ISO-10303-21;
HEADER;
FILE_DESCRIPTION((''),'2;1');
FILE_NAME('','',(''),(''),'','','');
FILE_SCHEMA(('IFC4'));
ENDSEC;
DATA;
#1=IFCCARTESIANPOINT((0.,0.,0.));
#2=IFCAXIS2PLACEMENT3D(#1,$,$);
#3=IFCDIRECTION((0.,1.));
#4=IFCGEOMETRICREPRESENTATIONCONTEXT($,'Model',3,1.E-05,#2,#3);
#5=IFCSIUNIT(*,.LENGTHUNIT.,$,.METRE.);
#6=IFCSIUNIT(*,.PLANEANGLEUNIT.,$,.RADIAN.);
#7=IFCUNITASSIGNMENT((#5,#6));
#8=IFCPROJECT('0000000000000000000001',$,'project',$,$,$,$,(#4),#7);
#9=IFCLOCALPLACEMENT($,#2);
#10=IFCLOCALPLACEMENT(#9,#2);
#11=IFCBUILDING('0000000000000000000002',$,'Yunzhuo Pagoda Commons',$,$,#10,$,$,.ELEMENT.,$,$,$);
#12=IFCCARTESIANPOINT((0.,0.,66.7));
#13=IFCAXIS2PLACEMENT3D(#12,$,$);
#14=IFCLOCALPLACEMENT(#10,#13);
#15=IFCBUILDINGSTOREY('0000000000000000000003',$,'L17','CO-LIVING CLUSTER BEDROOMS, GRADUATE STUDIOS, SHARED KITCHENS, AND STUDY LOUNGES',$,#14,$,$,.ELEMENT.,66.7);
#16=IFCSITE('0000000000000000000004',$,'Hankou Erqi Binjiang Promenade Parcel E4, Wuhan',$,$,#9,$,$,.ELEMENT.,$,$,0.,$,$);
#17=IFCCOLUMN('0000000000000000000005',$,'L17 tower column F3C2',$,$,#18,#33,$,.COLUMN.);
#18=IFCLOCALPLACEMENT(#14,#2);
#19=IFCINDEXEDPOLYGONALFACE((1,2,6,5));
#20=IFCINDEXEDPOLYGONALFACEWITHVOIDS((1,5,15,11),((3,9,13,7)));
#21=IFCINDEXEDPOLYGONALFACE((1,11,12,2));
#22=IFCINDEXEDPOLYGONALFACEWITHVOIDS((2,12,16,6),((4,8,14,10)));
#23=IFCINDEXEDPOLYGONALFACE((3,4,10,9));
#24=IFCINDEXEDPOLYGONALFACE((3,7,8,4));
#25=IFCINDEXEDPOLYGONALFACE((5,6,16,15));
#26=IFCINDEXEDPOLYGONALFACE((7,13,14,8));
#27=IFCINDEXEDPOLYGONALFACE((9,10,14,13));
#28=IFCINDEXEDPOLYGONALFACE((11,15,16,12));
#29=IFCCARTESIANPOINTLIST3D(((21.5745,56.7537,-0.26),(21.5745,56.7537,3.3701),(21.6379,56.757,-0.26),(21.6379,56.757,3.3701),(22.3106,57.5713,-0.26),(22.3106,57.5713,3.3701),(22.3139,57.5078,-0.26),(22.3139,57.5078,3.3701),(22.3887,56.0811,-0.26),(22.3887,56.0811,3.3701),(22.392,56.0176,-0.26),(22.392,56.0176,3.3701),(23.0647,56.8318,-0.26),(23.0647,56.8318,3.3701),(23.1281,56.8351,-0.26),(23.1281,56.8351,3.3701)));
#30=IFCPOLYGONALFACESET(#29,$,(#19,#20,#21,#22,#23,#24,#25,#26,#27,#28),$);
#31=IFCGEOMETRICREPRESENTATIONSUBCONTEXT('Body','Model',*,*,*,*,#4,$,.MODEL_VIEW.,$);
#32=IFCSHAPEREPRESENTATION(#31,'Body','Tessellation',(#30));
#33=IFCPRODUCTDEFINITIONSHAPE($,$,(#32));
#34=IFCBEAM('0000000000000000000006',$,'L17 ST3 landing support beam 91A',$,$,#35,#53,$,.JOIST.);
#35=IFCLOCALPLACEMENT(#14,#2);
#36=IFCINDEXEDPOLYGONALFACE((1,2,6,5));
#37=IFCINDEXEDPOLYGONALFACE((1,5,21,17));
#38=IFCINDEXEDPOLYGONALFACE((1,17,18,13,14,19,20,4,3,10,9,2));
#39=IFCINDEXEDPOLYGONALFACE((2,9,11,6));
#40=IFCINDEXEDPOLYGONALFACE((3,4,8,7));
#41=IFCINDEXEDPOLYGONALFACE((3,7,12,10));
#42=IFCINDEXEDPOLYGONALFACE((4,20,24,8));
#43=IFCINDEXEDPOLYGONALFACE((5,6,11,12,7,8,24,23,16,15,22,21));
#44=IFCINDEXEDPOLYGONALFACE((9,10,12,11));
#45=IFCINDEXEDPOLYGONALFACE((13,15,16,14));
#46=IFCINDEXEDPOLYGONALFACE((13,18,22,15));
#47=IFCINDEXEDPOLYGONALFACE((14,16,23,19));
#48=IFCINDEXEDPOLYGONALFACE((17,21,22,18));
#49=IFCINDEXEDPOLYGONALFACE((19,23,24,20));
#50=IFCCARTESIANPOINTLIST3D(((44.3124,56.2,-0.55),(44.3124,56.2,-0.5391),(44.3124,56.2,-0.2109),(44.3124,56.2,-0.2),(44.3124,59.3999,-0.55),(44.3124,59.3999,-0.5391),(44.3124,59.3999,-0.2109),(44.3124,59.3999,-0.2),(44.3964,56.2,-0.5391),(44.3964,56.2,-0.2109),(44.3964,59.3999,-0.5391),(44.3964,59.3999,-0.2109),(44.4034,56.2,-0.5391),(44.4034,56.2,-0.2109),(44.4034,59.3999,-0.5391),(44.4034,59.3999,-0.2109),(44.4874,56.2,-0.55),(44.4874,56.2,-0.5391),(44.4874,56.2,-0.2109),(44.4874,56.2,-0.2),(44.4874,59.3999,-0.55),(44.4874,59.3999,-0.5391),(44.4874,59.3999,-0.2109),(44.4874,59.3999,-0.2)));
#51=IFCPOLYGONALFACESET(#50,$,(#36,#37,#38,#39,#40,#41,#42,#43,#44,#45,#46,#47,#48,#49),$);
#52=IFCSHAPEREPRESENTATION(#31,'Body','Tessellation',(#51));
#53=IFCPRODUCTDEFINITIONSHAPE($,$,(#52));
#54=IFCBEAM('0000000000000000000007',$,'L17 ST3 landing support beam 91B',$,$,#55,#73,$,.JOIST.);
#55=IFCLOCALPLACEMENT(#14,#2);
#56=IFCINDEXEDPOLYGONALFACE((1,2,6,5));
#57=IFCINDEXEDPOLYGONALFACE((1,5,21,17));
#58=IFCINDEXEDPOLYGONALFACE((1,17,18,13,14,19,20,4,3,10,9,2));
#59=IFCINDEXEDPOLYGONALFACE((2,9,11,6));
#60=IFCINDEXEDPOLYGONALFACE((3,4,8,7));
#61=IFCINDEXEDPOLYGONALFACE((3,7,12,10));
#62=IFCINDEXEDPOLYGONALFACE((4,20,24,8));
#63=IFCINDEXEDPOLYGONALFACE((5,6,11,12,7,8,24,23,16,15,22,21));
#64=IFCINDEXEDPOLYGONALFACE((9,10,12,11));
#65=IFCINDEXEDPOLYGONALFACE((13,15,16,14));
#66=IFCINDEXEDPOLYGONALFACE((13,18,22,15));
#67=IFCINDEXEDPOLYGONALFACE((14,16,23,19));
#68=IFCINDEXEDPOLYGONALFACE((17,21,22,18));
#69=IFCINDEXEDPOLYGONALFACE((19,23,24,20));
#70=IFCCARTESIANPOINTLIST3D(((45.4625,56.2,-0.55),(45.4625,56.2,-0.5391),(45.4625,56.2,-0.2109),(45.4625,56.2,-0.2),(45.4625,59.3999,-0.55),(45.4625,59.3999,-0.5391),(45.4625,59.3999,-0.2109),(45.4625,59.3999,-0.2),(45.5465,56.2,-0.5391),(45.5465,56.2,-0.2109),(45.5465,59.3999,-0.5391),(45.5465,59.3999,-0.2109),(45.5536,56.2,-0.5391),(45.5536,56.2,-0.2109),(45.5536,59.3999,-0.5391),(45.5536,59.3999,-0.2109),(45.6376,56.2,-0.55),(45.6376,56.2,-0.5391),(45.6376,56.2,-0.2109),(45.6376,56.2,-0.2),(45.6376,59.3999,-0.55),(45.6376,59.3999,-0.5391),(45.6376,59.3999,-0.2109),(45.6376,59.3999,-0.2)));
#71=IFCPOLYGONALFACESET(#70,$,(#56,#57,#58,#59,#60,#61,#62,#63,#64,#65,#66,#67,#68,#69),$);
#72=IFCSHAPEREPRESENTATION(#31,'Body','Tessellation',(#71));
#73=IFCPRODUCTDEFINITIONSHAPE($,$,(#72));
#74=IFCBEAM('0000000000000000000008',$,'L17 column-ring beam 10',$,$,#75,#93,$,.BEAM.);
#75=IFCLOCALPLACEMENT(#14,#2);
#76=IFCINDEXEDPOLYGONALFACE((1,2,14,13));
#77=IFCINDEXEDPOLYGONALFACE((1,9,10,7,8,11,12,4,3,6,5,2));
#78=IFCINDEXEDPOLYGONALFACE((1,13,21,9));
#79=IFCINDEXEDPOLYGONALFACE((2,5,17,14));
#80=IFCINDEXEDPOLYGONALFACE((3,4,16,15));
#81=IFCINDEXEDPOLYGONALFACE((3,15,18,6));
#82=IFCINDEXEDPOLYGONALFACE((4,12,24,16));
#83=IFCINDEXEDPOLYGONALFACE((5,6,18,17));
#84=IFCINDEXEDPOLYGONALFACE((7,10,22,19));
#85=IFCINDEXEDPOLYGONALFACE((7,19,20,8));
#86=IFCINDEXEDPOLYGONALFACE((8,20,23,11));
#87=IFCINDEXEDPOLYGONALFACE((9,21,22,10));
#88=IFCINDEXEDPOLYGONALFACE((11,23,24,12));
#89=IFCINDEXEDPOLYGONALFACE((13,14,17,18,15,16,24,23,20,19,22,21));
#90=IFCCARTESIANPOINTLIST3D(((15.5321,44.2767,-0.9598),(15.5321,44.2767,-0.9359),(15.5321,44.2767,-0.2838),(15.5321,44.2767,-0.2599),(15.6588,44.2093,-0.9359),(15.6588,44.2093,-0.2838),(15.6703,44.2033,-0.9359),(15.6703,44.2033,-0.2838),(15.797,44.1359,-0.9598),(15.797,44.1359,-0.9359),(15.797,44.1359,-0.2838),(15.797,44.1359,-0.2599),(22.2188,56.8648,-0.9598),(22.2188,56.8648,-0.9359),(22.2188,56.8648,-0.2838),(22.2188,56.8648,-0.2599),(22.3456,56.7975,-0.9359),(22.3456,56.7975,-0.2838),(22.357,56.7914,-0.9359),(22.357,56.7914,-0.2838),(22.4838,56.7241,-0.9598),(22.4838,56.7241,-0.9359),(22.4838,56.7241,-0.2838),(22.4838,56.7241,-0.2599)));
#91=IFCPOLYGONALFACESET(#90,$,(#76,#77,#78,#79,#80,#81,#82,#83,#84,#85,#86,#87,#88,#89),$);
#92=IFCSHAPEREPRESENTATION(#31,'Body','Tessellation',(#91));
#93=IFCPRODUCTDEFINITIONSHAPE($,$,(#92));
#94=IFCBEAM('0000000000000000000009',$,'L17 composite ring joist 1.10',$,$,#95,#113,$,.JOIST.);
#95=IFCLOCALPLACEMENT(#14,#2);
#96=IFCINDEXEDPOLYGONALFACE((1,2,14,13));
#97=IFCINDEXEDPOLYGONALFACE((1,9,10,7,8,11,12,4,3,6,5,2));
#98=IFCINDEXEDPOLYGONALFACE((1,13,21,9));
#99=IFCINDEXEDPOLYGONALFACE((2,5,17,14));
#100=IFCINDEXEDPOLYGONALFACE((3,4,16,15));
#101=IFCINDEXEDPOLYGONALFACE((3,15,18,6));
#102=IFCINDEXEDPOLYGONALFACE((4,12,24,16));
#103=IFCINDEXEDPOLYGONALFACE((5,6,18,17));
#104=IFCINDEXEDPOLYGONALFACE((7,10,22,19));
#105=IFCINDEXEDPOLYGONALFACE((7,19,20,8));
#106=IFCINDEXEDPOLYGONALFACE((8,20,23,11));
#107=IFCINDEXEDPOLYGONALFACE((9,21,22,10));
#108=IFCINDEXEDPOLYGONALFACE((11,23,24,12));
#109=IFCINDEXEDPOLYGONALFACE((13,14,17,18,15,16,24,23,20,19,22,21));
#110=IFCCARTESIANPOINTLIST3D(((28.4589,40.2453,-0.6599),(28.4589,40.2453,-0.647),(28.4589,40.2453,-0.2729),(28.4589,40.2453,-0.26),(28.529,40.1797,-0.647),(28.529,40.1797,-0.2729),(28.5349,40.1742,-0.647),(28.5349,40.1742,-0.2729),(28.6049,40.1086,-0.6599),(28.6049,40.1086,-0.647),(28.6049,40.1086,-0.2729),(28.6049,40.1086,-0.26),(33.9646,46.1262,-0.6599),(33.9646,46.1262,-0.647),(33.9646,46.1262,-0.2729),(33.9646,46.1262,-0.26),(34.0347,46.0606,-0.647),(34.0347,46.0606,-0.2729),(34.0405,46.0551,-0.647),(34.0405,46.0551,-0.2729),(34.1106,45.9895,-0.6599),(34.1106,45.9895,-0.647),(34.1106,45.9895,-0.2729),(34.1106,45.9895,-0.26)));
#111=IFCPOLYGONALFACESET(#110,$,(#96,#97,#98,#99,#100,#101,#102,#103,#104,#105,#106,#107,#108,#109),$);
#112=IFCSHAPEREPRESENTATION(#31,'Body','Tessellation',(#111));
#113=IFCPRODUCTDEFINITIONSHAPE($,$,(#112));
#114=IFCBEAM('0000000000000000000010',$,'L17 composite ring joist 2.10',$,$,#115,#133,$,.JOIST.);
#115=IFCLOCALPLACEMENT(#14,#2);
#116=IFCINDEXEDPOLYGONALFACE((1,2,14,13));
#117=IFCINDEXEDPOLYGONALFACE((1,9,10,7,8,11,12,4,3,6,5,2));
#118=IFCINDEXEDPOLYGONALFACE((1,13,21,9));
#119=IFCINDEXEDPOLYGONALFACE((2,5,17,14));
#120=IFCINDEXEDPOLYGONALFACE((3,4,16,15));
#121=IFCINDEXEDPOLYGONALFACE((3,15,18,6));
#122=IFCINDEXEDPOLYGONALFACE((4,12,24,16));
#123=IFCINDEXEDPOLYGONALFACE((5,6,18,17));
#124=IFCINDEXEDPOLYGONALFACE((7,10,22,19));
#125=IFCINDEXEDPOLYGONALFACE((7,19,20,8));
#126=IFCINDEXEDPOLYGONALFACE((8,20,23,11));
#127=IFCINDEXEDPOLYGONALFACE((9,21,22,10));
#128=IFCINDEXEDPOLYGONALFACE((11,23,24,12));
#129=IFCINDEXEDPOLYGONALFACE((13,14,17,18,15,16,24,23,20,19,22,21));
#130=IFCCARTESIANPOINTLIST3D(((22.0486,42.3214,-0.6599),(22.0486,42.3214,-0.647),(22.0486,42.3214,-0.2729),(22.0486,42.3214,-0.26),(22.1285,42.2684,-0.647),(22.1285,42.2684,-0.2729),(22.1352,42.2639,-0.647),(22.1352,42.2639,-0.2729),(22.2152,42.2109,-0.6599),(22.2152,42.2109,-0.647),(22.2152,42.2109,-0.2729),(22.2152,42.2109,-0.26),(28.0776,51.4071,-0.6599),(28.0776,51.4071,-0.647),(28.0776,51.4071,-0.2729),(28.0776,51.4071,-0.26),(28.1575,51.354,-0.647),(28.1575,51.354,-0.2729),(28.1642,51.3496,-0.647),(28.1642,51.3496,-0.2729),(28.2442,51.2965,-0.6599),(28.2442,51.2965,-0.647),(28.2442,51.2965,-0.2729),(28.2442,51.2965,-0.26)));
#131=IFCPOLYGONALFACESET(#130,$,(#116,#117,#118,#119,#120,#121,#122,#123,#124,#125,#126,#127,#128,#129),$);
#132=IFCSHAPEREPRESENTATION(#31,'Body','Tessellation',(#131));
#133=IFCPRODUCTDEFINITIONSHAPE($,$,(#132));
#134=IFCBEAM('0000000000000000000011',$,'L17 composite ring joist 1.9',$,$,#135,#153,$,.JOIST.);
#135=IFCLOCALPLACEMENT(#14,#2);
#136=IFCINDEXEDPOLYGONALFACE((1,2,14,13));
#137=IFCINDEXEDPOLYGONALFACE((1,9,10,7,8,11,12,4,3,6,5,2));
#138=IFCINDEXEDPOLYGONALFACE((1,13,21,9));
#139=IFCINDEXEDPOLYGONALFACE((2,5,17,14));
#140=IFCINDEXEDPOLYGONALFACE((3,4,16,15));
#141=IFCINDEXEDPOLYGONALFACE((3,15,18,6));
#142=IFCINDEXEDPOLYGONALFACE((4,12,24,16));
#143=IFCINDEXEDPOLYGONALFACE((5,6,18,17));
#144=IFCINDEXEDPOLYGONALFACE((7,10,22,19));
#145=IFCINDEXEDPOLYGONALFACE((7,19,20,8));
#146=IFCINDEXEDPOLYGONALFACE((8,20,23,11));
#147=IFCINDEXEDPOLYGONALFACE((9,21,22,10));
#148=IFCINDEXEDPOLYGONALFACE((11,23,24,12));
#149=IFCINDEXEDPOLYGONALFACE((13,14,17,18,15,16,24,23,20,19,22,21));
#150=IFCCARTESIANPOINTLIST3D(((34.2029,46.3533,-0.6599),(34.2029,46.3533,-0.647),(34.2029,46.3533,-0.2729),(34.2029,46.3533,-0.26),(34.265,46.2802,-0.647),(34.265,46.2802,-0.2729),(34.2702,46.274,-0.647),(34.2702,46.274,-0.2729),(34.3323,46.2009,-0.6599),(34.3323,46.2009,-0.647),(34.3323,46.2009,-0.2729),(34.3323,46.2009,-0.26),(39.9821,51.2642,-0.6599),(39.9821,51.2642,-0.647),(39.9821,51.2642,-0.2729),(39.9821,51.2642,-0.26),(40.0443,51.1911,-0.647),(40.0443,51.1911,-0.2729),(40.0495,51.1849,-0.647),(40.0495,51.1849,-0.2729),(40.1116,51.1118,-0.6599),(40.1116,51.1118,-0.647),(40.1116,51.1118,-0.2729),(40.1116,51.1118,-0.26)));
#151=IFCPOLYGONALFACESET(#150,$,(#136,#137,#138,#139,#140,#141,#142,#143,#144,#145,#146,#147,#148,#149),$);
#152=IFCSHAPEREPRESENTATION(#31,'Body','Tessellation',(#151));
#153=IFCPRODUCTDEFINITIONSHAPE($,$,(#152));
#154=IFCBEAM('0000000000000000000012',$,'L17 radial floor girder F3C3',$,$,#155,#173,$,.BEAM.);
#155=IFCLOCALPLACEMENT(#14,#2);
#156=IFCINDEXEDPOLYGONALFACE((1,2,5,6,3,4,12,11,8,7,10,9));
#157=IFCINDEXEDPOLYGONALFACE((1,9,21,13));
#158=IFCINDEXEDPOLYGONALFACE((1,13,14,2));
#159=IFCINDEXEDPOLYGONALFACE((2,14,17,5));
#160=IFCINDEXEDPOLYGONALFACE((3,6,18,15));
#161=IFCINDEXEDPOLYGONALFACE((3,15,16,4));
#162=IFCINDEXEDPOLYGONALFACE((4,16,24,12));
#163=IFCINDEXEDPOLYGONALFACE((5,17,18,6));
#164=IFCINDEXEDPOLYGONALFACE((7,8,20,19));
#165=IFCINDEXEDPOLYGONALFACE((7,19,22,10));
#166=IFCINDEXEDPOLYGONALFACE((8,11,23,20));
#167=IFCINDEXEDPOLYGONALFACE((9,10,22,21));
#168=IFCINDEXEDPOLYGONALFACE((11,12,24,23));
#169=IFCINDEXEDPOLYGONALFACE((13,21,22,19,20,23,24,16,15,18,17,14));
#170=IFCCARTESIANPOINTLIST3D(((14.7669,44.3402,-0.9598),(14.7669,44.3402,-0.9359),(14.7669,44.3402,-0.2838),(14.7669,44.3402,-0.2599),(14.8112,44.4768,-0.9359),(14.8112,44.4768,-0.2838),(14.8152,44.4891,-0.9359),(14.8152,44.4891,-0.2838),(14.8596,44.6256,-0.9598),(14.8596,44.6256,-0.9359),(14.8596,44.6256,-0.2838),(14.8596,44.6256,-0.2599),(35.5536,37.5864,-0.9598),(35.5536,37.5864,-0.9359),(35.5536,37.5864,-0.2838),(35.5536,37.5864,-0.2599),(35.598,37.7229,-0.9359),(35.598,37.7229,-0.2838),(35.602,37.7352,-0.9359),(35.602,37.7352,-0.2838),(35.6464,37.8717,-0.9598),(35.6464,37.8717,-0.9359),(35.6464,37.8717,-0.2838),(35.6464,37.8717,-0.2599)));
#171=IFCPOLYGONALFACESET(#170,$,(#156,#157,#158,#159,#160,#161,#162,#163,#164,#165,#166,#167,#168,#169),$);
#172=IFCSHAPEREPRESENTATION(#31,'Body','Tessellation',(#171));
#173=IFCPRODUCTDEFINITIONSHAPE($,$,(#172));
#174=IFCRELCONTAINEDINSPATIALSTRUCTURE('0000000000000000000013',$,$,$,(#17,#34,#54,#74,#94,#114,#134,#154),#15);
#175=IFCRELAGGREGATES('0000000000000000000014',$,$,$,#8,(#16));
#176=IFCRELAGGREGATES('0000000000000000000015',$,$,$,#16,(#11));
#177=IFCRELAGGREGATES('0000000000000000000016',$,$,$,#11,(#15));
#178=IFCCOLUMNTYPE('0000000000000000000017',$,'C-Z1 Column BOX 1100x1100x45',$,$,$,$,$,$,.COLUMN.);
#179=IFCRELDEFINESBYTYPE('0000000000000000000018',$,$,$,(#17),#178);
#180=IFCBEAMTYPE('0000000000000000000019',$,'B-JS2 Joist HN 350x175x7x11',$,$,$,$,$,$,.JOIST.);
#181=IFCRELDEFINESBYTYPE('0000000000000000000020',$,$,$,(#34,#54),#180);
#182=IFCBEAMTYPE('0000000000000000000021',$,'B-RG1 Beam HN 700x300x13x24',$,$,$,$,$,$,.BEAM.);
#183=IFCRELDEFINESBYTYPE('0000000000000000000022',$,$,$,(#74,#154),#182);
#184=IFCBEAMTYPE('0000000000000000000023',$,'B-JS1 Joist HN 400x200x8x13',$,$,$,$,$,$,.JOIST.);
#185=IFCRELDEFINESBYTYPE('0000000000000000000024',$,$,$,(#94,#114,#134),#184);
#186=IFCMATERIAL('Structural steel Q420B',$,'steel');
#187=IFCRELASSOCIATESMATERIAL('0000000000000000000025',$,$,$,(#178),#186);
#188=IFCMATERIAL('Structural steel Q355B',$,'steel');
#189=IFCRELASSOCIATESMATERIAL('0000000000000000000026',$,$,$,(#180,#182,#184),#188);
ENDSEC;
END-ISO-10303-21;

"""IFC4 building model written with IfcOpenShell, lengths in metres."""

from ifc_helpers import new_model, si_unit, direction, frame, origin, origin_2d, place, context, subcontext, project, spatial, hollow_rectangle, i_section, extrude, source, transform, mapped, material, material_profile, profile_set, type_object, element, save


model = new_model("IFC4")

# Units and contexts
model_context = context("Model", 3, precision=1e-05, world=origin(), true_north=direction((0.0, 1.0)))
body_context = subcontext(model_context, "Body", "Model", "MODEL_VIEW")
ifc_project = project(units=[si_unit("LENGTHUNIT", "METRE"), si_unit("PLANEANGLEUNIT", "RADIAN")], contexts=[model_context])

# Site, building, storey
site_placement = place(None, origin())
site = spatial("IfcSite", under=ifc_project, at=site_placement, Name="Hankou Erqi Binjiang Promenade Parcel E4, Wuhan", CompositionType="ELEMENT", RefElevation=0.0)
building_placement = place(site_placement, origin())
building = spatial("IfcBuilding", under=site, at=building_placement, Name="Yunzhuo Pagoda Commons", CompositionType="ELEMENT")
storey_placement = place(building_placement, frame((0.0, 0.0, 66.7)))
storey = spatial("IfcBuildingStorey", under=building, at=storey_placement, Name="L17", Description="CO-LIVING CLUSTER BEDROOMS, GRADUATE STUDIOS, SHARED KITCHENS, AND STUDY LOUNGES", CompositionType="ELEMENT", Elevation=66.7)

# Column
ifc_material_1 = material(Name="Structural steel Q420B", Category="steel")
ifc_material_profile_1 = material_profile(ifc_material_1, hollow_rectangle(XDim=1.1001, YDim=1.1001, WallThickness=0.0449, at=origin_2d()), Name="Structural steel Q420B")
ifc_profile_set_1 = profile_set([ifc_material_profile_1], Name="Structural steel Q420B")
column_type = type_object("IfcColumnType", Name="C-Z1 Column BOX 1100x1100x45", PredefinedType="COLUMN", material=ifc_profile_set_1)
shared_shape_1 = source(origin(), body_context, "Body", "SweptSolid", [
    extrude(hollow_rectangle(XDim=1.1001, YDim=1.1001, WallThickness=0.0449, at=origin_2d()), origin(), (0.0, 0.0, 1.0), 3.6301),
])
column_placement = place(storey_placement, frame((22.3513, 56.7944, -0.26), z_axis=(0.0, 0.0, 1.0), x_axis=(-0.669131, -0.743145, 0.0)))
element("IfcColumn", 1, at=column_placement, inside=storey, type_object=column_type, Name="L17 tower column F3C2", PredefinedType="COLUMN", context=body_context, shape_type="MappedRepresentation", body=[
    mapped(shared_shape_1, transform((0.0, 0.0, 0.0), scale=1.0)),
])

# Beams
ifc_material_2 = material(Name="Structural steel Q355B", Category="steel")
ifc_material_profile_2 = material_profile(ifc_material_2, i_section(OverallWidth=0.175, OverallDepth=0.3501, WebThickness=0.0071, FlangeThickness=0.011, at=origin_2d()), Name="Structural steel Q355B")
ifc_profile_set_2 = profile_set([ifc_material_profile_2], Name="Structural steel Q355B")
beam_type_1 = type_object("IfcBeamType", Name="B-JS2 Joist HN 350x175x7x11", PredefinedType="JOIST", material=ifc_profile_set_2)
shared_shape_2 = source(origin(), body_context, "Body", "SweptSolid", [
    extrude(i_section(OverallWidth=0.175, OverallDepth=0.3501, WebThickness=0.0071, FlangeThickness=0.011, at=origin_2d()), origin(), (0.0, 0.0, 1.0), 3.2),
])
for number, where, z_axis, x_axis, name in (
    (2, (44.3999, 56.2, -0.375), (0.0, 1.0, 0.0), (-1.0, 0.0, 0.0), "L17 ST3 landing support beam 91A"),
    (3, (45.55, 56.2, -0.375), (0.0, 1.0, 0.0), (-1.0, 0.0, 0.0), "L17 ST3 landing support beam 91B"),
):
    element("IfcBeam", number, at=place(storey_placement, frame(where, z_axis=z_axis, x_axis=x_axis)), inside=storey, type_object=beam_type_1, Name=name, PredefinedType="JOIST", context=body_context, shape_type="MappedRepresentation", body=[
        mapped(shared_shape_2, transform((0.0, 0.0, 0.0), scale=1.0)),
    ])
ifc_material_profile_3 = material_profile(ifc_material_2, i_section(OverallWidth=0.3, OverallDepth=0.7, WebThickness=0.0129, FlangeThickness=0.0239, at=origin_2d()), Name="Structural steel Q355B")
ifc_profile_set_3 = profile_set([ifc_material_profile_3], Name="Structural steel Q355B")
beam_type_2 = type_object("IfcBeamType", Name="B-RG1 Beam HN 700x300x13x24", PredefinedType="BEAM", material=ifc_profile_set_3)
shared_shape_3 = source(origin(), body_context, "Body", "SweptSolid", [
    extrude(i_section(OverallWidth=0.3, OverallDepth=0.7, WebThickness=0.0129, FlangeThickness=0.0239, at=origin_2d()), origin(), (0.0, 0.0, 1.0), 14.2539),
])
beam_1_placement = place(storey_placement, frame((22.3513, 56.7944, -0.6099), z_axis=(-0.469118, -0.883135, 0.0), x_axis=(0.883135, -0.469118, 0.0)))
element("IfcBeam", 4, at=beam_1_placement, inside=storey, type_object=beam_type_2, Name="L17 column-ring beam 10", PredefinedType="BEAM", context=body_context, shape_type="MappedRepresentation", body=[
    mapped(shared_shape_3, transform((0.0, 0.0, 0.0), scale=1.0)),
])
ifc_material_profile_4 = material_profile(ifc_material_2, i_section(OverallWidth=0.2, OverallDepth=0.3999, WebThickness=0.0081, FlangeThickness=0.0129, at=origin_2d()), Name="Structural steel Q355B")
ifc_profile_set_4 = profile_set([ifc_material_profile_4], Name="Structural steel Q355B")
beam_type_3 = type_object("IfcBeamType", Name="B-JS1 Joist HN 400x200x8x13", PredefinedType="JOIST", material=ifc_profile_set_4)
shared_shape_4 = source(origin(), body_context, "Body", "SweptSolid", [
    extrude(i_section(OverallWidth=0.2, OverallDepth=0.3999, WebThickness=0.0081, FlangeThickness=0.0129, at=origin_2d()), origin(), (0.0, 0.0, 1.0), 8.0559),
])
beam_2_placement = place(storey_placement, frame((34.0376, 46.0579, -0.46), z_axis=(-0.683433, -0.730013, 0.0), x_axis=(0.730013, -0.683433, 0.0)))
element("IfcBeam", 5, at=beam_2_placement, inside=storey, type_object=beam_type_3, Name="L17 composite ring joist 1.10", PredefinedType="JOIST", context=body_context, shape_type="MappedRepresentation", body=[
    mapped(shared_shape_4, transform((0.0, 0.0, 0.0), scale=1.0)),
])
shared_shape_5 = source(origin(), body_context, "Body", "SweptSolid", [
    extrude(i_section(OverallWidth=0.2, OverallDepth=0.3999, WebThickness=0.0081, FlangeThickness=0.0129, at=origin_2d()), origin(), (0.0, 0.0, 1.0), 10.9041),
])
beam_3_placement = place(storey_placement, frame((28.1609, 51.3518, -0.46), z_axis=(-0.552916, -0.833237, 0.0), x_axis=(0.833237, -0.552916, 0.0)))
element("IfcBeam", 6, at=beam_3_placement, inside=storey, type_object=beam_type_3, Name="L17 composite ring joist 2.10", PredefinedType="JOIST", context=body_context, shape_type="MappedRepresentation", body=[
    mapped(shared_shape_5, transform((0.0, 0.0, 0.0), scale=1.0)),
])
shared_shape_6 = source(origin(), body_context, "Body", "SweptSolid", [
    extrude(i_section(OverallWidth=0.2, OverallDepth=0.3999, WebThickness=0.0081, FlangeThickness=0.0129, at=origin_2d()), origin(), (0.0, 0.0, 1.0), 7.584),
])
beam_4_placement = place(storey_placement, frame((40.0469, 51.188, -0.46), z_axis=(-0.762038, -0.647533, 0.0), x_axis=(0.647533, -0.762038, 0.0)))
element("IfcBeam", 7, at=beam_4_placement, inside=storey, type_object=beam_type_3, Name="L17 composite ring joist 1.9", PredefinedType="JOIST", context=body_context, shape_type="MappedRepresentation", body=[
    mapped(shared_shape_6, transform((0.0, 0.0, 0.0), scale=1.0)),
])
shared_shape_7 = source(origin(), body_context, "Body", "SweptSolid", [
    extrude(i_section(OverallWidth=0.3, OverallDepth=0.7, WebThickness=0.0129, FlangeThickness=0.0239, at=origin_2d()), origin(), (0.0, 0.0, 1.0), 21.8564),
])
beam_5_placement = place(storey_placement, frame((14.8132, 44.4829, -0.6099), z_axis=(0.951059, -0.309011, 0.0), x_axis=(0.309011, 0.951059, 0.0)))
element("IfcBeam", 8, at=beam_5_placement, inside=storey, type_object=beam_type_2, Name="L17 radial floor girder F3C3", PredefinedType="BEAM", context=body_context, shape_type="MappedRepresentation", body=[
    mapped(shared_shape_7, transform((0.0, 0.0, 0.0), scale=1.0)),
])

save(model, "model.ifc")
